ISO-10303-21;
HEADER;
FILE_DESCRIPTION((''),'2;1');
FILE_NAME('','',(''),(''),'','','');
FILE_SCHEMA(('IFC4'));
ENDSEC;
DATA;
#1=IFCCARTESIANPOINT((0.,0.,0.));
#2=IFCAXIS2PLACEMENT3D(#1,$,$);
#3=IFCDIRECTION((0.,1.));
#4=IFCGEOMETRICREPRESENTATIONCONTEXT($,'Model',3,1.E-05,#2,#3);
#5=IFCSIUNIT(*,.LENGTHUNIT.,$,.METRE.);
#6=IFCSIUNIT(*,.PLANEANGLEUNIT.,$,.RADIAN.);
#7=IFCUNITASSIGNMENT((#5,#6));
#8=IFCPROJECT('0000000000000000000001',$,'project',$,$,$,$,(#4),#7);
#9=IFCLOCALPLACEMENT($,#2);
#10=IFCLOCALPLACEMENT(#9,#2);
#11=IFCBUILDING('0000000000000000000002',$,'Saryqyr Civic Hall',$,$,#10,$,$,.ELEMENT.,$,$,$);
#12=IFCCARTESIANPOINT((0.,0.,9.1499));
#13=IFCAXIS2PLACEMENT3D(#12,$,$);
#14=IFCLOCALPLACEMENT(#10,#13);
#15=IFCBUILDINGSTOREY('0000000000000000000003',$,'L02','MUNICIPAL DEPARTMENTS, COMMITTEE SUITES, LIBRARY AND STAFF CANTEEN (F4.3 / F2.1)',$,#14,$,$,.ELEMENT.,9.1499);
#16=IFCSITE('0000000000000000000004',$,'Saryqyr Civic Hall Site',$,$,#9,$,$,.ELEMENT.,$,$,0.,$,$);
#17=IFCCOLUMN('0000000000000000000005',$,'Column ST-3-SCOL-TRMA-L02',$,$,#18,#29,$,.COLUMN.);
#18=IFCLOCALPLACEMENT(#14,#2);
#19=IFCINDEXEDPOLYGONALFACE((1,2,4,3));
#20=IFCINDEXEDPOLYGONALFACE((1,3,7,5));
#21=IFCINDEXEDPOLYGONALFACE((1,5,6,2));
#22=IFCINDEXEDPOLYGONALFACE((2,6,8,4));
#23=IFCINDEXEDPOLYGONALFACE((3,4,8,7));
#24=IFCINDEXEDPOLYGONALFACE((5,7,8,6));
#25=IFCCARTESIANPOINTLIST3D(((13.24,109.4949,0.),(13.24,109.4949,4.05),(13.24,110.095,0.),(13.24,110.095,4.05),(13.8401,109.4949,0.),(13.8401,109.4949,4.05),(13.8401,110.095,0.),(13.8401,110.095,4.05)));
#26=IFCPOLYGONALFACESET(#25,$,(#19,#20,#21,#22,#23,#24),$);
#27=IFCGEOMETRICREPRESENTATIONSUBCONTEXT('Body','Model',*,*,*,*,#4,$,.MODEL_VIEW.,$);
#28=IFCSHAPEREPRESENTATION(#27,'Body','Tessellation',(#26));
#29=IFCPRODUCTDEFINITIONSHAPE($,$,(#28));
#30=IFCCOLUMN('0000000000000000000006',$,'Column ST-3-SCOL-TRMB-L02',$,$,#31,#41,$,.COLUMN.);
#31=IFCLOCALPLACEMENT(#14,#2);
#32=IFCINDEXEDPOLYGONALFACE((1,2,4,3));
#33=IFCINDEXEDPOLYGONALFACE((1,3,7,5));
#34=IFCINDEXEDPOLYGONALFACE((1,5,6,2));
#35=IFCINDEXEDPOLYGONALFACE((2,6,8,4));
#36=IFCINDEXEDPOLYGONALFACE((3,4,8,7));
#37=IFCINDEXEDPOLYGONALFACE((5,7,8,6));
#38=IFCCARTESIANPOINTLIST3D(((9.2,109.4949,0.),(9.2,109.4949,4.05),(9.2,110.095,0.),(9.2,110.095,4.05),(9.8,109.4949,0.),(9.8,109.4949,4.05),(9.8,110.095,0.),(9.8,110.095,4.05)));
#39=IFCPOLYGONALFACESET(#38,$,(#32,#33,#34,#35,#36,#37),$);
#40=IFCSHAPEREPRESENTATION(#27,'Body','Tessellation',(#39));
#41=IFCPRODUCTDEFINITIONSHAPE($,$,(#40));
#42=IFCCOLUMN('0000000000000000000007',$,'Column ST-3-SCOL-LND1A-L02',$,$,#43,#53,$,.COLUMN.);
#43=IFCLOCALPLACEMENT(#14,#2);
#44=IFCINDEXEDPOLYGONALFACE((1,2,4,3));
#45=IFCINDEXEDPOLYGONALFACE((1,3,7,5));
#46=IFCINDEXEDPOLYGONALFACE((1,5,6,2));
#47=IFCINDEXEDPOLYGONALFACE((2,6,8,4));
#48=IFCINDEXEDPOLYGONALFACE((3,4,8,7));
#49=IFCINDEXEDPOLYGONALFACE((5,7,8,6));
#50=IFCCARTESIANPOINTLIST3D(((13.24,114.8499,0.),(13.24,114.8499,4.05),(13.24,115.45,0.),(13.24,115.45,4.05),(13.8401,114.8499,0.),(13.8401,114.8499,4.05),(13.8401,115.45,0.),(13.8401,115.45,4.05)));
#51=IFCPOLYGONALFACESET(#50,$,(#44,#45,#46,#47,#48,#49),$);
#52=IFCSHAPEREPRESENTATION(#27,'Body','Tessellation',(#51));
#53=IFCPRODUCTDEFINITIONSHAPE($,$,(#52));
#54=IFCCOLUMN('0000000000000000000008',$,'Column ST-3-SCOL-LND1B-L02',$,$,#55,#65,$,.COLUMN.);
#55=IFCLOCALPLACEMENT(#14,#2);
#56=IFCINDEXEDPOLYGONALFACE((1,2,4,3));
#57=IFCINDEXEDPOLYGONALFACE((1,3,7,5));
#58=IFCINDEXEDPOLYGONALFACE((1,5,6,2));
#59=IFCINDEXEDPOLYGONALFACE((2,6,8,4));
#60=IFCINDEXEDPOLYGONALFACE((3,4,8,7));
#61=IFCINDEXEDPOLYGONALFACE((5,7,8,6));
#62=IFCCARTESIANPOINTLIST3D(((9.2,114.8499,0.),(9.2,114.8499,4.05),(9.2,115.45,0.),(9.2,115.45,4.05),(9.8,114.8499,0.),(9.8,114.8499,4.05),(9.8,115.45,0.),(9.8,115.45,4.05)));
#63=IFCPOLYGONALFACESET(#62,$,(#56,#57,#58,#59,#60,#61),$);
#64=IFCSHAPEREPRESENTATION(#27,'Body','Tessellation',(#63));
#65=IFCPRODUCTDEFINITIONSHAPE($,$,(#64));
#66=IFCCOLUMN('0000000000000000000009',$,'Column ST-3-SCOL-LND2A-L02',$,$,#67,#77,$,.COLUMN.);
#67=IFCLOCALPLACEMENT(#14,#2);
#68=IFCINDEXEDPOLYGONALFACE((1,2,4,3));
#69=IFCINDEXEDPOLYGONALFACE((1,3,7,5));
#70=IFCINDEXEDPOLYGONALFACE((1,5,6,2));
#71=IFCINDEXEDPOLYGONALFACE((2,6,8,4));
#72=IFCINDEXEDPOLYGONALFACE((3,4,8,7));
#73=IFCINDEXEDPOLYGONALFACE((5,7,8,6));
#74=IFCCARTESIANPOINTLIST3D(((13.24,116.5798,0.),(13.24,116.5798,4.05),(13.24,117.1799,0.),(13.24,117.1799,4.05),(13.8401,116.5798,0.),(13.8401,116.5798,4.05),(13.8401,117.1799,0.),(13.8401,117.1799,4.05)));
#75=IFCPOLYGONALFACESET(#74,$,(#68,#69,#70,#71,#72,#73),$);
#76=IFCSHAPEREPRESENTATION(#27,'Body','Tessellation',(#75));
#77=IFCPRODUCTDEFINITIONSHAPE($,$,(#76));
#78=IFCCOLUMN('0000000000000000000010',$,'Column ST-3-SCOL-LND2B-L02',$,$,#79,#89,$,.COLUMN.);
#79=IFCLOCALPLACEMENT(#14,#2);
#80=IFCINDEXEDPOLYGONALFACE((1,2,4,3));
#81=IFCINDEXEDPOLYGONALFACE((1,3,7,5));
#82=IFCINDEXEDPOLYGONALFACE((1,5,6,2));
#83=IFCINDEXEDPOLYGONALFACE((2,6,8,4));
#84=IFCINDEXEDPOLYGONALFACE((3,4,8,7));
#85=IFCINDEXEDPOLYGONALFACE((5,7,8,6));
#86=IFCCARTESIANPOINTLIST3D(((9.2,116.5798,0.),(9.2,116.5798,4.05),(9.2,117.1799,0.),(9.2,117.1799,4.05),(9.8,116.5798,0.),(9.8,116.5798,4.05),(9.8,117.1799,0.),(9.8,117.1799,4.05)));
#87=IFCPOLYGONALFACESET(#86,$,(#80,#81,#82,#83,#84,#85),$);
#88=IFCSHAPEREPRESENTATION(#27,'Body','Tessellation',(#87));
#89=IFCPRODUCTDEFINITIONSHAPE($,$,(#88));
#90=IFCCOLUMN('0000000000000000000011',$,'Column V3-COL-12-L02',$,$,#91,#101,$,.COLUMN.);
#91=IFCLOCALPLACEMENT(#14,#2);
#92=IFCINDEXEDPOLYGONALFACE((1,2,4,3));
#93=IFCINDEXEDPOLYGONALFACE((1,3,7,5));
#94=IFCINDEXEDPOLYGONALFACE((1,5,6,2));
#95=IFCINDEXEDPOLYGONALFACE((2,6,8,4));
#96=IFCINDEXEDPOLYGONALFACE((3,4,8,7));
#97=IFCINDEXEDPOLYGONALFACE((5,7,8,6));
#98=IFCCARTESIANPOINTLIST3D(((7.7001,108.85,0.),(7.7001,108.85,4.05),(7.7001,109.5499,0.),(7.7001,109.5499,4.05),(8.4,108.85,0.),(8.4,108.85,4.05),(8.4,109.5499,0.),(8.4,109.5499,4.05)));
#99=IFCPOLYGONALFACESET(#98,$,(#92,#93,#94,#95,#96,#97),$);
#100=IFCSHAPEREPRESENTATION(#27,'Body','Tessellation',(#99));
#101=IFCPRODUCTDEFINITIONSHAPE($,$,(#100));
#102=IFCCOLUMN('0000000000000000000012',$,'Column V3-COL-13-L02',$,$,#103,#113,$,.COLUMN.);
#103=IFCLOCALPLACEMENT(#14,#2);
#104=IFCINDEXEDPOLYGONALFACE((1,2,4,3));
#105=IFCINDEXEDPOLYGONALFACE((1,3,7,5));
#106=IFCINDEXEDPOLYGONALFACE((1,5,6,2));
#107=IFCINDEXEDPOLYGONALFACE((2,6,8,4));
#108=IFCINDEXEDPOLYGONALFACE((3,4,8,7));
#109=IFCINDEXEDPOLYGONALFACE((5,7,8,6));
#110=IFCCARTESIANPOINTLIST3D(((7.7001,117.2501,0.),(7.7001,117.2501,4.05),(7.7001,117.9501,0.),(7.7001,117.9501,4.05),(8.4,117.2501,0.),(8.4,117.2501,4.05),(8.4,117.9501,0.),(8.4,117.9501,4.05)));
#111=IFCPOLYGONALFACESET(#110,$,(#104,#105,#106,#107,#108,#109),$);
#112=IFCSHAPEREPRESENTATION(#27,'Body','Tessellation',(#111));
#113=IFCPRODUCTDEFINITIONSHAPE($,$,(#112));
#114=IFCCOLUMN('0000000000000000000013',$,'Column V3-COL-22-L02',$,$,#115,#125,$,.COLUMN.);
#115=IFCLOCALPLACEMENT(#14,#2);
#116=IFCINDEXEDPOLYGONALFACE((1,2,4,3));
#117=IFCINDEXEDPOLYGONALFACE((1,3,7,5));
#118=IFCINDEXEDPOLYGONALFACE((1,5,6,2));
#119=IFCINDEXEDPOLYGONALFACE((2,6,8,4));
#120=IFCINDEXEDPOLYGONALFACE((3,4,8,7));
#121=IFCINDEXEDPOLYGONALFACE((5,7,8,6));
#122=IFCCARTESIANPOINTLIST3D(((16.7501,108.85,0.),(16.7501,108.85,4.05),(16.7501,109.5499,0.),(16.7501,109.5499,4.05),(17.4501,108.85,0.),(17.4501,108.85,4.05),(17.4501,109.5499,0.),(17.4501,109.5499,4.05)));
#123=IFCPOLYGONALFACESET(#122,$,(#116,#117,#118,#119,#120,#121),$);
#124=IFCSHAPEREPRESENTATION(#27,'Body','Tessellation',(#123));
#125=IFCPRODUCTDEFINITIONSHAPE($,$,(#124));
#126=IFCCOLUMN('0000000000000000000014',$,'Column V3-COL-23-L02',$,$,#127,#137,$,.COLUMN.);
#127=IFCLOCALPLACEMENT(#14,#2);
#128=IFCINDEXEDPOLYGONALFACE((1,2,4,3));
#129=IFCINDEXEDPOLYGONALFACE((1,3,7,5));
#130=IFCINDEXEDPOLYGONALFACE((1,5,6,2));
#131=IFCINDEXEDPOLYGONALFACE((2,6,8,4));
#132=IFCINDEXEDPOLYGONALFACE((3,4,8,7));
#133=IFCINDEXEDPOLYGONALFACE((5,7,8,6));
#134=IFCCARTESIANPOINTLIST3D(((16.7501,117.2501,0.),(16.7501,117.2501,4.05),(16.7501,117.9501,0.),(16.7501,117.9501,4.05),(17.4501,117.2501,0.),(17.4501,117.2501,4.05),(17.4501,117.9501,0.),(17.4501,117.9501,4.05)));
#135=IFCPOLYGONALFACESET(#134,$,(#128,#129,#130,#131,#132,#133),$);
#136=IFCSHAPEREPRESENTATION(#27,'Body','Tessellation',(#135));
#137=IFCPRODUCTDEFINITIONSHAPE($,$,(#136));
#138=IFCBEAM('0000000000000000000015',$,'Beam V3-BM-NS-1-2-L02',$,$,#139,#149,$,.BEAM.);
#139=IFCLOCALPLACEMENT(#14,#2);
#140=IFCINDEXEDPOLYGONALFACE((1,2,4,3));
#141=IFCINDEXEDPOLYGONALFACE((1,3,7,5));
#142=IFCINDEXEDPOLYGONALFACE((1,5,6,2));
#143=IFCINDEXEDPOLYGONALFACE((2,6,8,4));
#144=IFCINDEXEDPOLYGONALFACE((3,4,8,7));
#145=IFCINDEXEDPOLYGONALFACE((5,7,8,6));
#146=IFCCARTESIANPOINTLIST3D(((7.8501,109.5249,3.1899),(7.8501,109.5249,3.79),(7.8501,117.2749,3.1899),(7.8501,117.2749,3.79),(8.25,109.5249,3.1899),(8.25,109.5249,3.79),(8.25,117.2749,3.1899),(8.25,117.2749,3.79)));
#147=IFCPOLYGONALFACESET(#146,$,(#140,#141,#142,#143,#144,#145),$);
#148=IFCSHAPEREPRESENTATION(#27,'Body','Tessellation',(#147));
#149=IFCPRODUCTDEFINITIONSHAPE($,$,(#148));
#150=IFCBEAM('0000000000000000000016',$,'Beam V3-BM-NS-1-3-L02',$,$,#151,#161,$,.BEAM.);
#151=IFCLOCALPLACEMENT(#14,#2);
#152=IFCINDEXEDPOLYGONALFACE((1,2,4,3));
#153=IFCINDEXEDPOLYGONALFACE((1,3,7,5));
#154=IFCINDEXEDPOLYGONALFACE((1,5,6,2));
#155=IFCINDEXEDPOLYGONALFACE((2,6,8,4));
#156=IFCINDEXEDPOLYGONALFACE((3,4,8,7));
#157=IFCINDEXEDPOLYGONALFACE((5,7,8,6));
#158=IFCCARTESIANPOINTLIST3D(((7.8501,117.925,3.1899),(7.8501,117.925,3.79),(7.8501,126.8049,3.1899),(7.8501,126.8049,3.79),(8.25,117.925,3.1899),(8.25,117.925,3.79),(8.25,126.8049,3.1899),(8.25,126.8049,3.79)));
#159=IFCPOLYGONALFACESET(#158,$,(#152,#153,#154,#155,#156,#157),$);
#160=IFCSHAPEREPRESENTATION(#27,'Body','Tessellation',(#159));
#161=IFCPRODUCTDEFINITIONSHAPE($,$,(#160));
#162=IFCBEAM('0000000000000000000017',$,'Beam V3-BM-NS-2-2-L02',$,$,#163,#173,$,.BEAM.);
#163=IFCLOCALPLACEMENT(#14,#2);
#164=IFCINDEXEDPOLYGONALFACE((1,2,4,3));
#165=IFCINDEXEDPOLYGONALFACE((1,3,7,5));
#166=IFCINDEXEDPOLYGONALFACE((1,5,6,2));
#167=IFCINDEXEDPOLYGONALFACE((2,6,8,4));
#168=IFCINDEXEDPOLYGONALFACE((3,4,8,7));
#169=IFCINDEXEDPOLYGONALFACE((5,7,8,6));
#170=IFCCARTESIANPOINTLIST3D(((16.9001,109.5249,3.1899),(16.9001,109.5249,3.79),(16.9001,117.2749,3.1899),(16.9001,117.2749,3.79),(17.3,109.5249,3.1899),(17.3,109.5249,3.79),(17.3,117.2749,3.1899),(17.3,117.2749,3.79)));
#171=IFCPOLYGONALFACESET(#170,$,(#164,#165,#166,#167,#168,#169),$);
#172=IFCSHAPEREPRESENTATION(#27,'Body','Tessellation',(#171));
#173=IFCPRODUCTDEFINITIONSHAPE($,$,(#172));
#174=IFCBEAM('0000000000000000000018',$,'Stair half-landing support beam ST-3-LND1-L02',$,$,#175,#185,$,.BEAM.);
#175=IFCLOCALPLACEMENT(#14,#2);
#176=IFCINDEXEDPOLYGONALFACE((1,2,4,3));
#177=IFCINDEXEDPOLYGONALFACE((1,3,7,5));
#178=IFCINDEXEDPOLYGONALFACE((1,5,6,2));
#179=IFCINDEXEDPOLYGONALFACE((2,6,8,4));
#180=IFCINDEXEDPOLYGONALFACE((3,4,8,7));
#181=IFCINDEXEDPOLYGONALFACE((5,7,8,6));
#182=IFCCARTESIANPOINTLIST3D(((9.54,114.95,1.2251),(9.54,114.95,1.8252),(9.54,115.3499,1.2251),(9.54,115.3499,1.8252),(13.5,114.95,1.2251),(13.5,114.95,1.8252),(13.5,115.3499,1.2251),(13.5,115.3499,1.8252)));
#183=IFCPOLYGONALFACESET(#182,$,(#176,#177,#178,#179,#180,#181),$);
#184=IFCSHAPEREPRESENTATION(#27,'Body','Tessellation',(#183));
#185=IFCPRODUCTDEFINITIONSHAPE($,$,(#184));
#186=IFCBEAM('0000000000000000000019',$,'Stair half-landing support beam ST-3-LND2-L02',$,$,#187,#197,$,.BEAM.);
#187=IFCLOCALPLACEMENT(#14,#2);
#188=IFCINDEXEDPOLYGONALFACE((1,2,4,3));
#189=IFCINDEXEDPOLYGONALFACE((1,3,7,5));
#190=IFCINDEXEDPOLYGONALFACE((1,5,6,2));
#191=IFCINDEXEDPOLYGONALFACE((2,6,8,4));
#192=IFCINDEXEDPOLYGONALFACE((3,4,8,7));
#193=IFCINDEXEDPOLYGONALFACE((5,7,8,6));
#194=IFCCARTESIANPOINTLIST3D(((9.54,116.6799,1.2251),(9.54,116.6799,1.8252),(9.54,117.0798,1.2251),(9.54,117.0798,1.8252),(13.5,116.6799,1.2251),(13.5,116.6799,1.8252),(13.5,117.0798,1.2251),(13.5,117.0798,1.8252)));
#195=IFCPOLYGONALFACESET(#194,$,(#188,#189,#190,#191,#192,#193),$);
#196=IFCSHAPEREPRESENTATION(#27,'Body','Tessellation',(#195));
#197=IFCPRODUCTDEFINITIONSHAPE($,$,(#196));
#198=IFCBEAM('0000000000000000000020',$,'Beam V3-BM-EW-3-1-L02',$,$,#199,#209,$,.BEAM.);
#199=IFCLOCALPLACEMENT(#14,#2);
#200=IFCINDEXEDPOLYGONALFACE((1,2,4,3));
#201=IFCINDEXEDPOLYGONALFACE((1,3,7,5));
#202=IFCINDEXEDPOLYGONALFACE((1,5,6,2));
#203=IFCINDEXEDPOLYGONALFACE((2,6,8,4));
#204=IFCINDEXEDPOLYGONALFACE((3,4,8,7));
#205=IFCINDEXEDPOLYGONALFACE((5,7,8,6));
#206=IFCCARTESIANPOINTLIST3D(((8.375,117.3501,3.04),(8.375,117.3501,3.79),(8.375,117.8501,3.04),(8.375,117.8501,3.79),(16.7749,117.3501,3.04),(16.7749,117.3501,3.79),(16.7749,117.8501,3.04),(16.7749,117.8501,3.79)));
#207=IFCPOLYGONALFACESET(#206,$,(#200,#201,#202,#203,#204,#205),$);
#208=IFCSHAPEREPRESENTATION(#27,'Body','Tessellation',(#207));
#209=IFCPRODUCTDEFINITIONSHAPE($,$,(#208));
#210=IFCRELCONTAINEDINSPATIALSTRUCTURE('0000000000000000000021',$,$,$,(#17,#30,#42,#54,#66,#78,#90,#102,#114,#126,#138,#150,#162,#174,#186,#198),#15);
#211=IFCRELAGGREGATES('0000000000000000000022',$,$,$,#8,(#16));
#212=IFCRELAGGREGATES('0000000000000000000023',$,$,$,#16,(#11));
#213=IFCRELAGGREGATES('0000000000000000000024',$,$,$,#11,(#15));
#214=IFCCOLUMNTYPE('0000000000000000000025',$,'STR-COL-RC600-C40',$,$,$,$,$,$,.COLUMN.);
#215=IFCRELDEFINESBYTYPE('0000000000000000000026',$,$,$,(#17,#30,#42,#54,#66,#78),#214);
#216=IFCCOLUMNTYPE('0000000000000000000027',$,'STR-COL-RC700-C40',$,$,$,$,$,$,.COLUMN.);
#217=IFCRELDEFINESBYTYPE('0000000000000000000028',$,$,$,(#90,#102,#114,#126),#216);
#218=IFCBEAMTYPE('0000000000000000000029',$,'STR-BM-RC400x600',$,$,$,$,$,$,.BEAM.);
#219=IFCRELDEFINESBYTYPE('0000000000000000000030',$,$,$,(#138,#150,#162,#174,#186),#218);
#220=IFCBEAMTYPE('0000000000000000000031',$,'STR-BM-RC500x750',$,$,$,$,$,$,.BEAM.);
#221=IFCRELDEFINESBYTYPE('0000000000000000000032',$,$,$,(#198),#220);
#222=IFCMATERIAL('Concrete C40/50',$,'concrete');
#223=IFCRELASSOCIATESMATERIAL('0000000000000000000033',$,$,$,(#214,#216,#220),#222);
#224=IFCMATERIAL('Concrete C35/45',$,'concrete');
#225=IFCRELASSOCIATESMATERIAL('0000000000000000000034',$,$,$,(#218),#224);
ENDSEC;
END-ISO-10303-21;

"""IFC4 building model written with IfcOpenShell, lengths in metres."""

from ifc_helpers import new_model, si_unit, direction, frame, origin, origin_2d, place, context, subcontext, project, spatial, rectangle, extrude, material, material_profile, profile_set, type_object, element, save


model = new_model("IFC4")

# Units and contexts
model_context = context("Model", 3, precision=1e-05, world=origin(), true_north=direction((0.0, 1.0)))
body_context = subcontext(model_context, "Body", "Model", "MODEL_VIEW")
ifc_project = project(units=[si_unit("LENGTHUNIT", "METRE"), si_unit("PLANEANGLEUNIT", "RADIAN")], contexts=[model_context])

# Site, building, storey
site_placement = place(None, origin())
site = spatial("IfcSite", under=ifc_project, at=site_placement, Name="Saryqyr Civic Hall Site", CompositionType="ELEMENT", RefElevation=0.0)
building_placement = place(site_placement, origin())
building = spatial("IfcBuilding", under=site, at=building_placement, Name="Saryqyr Civic Hall", CompositionType="ELEMENT")
storey_placement = place(building_placement, frame((0.0, 0.0, 9.1499)))
storey = spatial("IfcBuildingStorey", under=building, at=storey_placement, Name="L02", Description="MUNICIPAL DEPARTMENTS, COMMITTEE SUITES, LIBRARY AND STAFF CANTEEN (F4.3 / F2.1)", CompositionType="ELEMENT", Elevation=9.1499)

# Columns
ifc_material_1 = material(Name="Concrete C40/50", Category="concrete")
ifc_material_profile_1 = material_profile(ifc_material_1, rectangle(XDim=0.6001, YDim=0.6001, at=origin_2d()), Name="RC 600x600")
ifc_profile_set_1 = profile_set([ifc_material_profile_1], Name="Concrete C40/50")
column_type_1 = type_object("IfcColumnType", Name="STR-COL-RC600-C40", PredefinedType="COLUMN", material=ifc_profile_set_1)
for number, where, z_axis, x_axis, name in (
    (1, (13.54, 109.7949, 0.0), (0.0, 0.0, 1.0), (1.0, 0.0, 0.0), "Column ST-3-SCOL-TRMA-L02"),
    (2, (9.5, 109.7949, 0.0), (0.0, 0.0, 1.0), (1.0, 0.0, 0.0), "Column ST-3-SCOL-TRMB-L02"),
    (3, (13.54, 115.1499, 0.0), (0.0, 0.0, 1.0), (1.0, 0.0, 0.0), "Column ST-3-SCOL-LND1A-L02"),
    (4, (9.5, 115.1499, 0.0), (0.0, 0.0, 1.0), (1.0, 0.0, 0.0), "Column ST-3-SCOL-LND1B-L02"),
    (5, (13.54, 116.8799, 0.0), (0.0, 0.0, 1.0), (1.0, 0.0, 0.0), "Column ST-3-SCOL-LND2A-L02"),
    (6, (9.5, 116.8799, 0.0), (0.0, 0.0, 1.0), (1.0, 0.0, 0.0), "Column ST-3-SCOL-LND2B-L02"),
):
    element("IfcColumn", number, at=place(storey_placement, frame(where, z_axis=z_axis, x_axis=x_axis)), inside=storey, type_object=column_type_1, Name=name, PredefinedType="COLUMN", context=body_context, shape_type="SweptSolid", body=[
        extrude(rectangle(XDim=0.6001, YDim=0.6001, at=origin_2d()), origin(), (0.0, 0.0, 1.0), 4.05),
    ])
ifc_material_profile_2 = material_profile(ifc_material_1, rectangle(XDim=0.7, YDim=0.7, at=origin_2d()), Name="RC 700x700")
ifc_profile_set_2 = profile_set([ifc_material_profile_2], Name="Concrete C40/50")
column_type_2 = type_object("IfcColumnType", Name="STR-COL-RC700-C40", PredefinedType="COLUMN", material=ifc_profile_set_2)
for number, where, z_axis, x_axis, name in (
    (7, (8.05, 109.2, 0.0), (0.0, 0.0, 1.0), (1.0, 0.0, 0.0), "Column V3-COL-12-L02"),
    (8, (8.05, 117.6001, 0.0), (0.0, 0.0, 1.0), (1.0, 0.0, 0.0), "Column V3-COL-13-L02"),
    (9, (17.1001, 109.2, 0.0), (0.0, 0.0, 1.0), (1.0, 0.0, 0.0), "Column V3-COL-22-L02"),
    (10, (17.1001, 117.6001, 0.0), (0.0, 0.0, 1.0), (1.0, 0.0, 0.0), "Column V3-COL-23-L02"),
):
    element("IfcColumn", number, at=place(storey_placement, frame(where, z_axis=z_axis, x_axis=x_axis)), inside=storey, type_object=column_type_2, Name=name, PredefinedType="COLUMN", context=body_context, shape_type="SweptSolid", body=[
        extrude(rectangle(XDim=0.7, YDim=0.7, at=origin_2d()), origin(), (0.0, 0.0, 1.0), 4.05),
    ])

# Beams
ifc_material_2 = material(Name="Concrete C35/45", Category="concrete")
ifc_material_profile_3 = material_profile(ifc_material_2, rectangle(XDim=0.3999, YDim=0.6001, at=origin_2d()), Name="RC 400x600")
ifc_profile_set_3 = profile_set([ifc_material_profile_3], Name="Concrete C35/45")
beam_type_1 = type_object("IfcBeamType", Name="STR-BM-RC400x600", PredefinedType="BEAM", material=ifc_profile_set_3)
beam_1_placement = place(storey_placement, frame((8.05, 109.5249, 3.49), z_axis=(0.0, 1.0, 0.0), x_axis=(-1.0, 0.0, 0.0)))
element("IfcBeam", 11, at=beam_1_placement, inside=storey, type_object=beam_type_1, Name="Beam V3-BM-NS-1-2-L02", PredefinedType="BEAM", context=body_context, shape_type="SweptSolid", body=[
    extrude(rectangle(XDim=0.3999, YDim=0.6001, at=origin_2d()), origin(), (0.0, 0.0, 1.0), 7.75),
])
beam_2_placement = place(storey_placement, frame((8.05, 117.925, 3.49), z_axis=(0.0, 1.0, 0.0), x_axis=(-1.0, 0.0, 0.0)))
element("IfcBeam", 12, at=beam_2_placement, inside=storey, type_object=beam_type_1, Name="Beam V3-BM-NS-1-3-L02", PredefinedType="BEAM", context=body_context, shape_type="SweptSolid", body=[
    extrude(rectangle(XDim=0.3999, YDim=0.6001, at=origin_2d()), origin(), (0.0, 0.0, 1.0), 8.8799),
])
beam_3_placement = place(storey_placement, frame((17.1001, 109.5249, 3.49), z_axis=(0.0, 1.0, 0.0), x_axis=(-1.0, 0.0, 0.0)))
element("IfcBeam", 13, at=beam_3_placement, inside=storey, type_object=beam_type_1, Name="Beam V3-BM-NS-2-2-L02", PredefinedType="BEAM", context=body_context, shape_type="SweptSolid", body=[
    extrude(rectangle(XDim=0.3999, YDim=0.6001, at=origin_2d()), origin(), (0.0, 0.0, 1.0), 7.75),
])
for number, where, z_axis, x_axis, name in (
    (14, (13.5, 115.1499, 1.5251), (-1.0, 0.0, 0.0), (0.0, -1.0, 0.0), "Stair half-landing support beam ST-3-LND1-L02"),
    (15, (13.5, 116.8799, 1.5251), (-1.0, 0.0, 0.0), (0.0, -1.0, 0.0), "Stair half-landing support beam ST-3-LND2-L02"),
):
    element("IfcBeam", number, at=place(storey_placement, frame(where, z_axis=z_axis, x_axis=x_axis)), inside=storey, type_object=beam_type_1, Name=name, PredefinedType="BEAM", context=body_context, shape_type="SweptSolid", body=[
        extrude(rectangle(XDim=0.3999, YDim=0.6001, at=origin_2d()), origin(), (0.0, 0.0, 1.0), 3.96),
    ])
ifc_material_profile_4 = material_profile(ifc_material_1, rectangle(XDim=0.5, YDim=0.75, at=origin_2d()), Name="RC 500x750")
ifc_profile_set_4 = profile_set([ifc_material_profile_4], Name="Concrete C40/50")
beam_type_2 = type_object("IfcBeamType", Name="STR-BM-RC500x750", PredefinedType="BEAM", material=ifc_profile_set_4)
beam_4_placement = place(storey_placement, frame((8.375, 117.6001, 3.415), z_axis=(1.0, 0.0, 0.0), x_axis=(0.0, 1.0, 0.0)))
element("IfcBeam", 16, at=beam_4_placement, inside=storey, type_object=beam_type_2, Name="Beam V3-BM-EW-3-1-L02", PredefinedType="BEAM", context=body_context, shape_type="SweptSolid", body=[
    extrude(rectangle(XDim=0.5, YDim=0.75, at=origin_2d()), origin(), (0.0, 0.0, 1.0), 8.3999),
])

save(model, "model.ifc")
